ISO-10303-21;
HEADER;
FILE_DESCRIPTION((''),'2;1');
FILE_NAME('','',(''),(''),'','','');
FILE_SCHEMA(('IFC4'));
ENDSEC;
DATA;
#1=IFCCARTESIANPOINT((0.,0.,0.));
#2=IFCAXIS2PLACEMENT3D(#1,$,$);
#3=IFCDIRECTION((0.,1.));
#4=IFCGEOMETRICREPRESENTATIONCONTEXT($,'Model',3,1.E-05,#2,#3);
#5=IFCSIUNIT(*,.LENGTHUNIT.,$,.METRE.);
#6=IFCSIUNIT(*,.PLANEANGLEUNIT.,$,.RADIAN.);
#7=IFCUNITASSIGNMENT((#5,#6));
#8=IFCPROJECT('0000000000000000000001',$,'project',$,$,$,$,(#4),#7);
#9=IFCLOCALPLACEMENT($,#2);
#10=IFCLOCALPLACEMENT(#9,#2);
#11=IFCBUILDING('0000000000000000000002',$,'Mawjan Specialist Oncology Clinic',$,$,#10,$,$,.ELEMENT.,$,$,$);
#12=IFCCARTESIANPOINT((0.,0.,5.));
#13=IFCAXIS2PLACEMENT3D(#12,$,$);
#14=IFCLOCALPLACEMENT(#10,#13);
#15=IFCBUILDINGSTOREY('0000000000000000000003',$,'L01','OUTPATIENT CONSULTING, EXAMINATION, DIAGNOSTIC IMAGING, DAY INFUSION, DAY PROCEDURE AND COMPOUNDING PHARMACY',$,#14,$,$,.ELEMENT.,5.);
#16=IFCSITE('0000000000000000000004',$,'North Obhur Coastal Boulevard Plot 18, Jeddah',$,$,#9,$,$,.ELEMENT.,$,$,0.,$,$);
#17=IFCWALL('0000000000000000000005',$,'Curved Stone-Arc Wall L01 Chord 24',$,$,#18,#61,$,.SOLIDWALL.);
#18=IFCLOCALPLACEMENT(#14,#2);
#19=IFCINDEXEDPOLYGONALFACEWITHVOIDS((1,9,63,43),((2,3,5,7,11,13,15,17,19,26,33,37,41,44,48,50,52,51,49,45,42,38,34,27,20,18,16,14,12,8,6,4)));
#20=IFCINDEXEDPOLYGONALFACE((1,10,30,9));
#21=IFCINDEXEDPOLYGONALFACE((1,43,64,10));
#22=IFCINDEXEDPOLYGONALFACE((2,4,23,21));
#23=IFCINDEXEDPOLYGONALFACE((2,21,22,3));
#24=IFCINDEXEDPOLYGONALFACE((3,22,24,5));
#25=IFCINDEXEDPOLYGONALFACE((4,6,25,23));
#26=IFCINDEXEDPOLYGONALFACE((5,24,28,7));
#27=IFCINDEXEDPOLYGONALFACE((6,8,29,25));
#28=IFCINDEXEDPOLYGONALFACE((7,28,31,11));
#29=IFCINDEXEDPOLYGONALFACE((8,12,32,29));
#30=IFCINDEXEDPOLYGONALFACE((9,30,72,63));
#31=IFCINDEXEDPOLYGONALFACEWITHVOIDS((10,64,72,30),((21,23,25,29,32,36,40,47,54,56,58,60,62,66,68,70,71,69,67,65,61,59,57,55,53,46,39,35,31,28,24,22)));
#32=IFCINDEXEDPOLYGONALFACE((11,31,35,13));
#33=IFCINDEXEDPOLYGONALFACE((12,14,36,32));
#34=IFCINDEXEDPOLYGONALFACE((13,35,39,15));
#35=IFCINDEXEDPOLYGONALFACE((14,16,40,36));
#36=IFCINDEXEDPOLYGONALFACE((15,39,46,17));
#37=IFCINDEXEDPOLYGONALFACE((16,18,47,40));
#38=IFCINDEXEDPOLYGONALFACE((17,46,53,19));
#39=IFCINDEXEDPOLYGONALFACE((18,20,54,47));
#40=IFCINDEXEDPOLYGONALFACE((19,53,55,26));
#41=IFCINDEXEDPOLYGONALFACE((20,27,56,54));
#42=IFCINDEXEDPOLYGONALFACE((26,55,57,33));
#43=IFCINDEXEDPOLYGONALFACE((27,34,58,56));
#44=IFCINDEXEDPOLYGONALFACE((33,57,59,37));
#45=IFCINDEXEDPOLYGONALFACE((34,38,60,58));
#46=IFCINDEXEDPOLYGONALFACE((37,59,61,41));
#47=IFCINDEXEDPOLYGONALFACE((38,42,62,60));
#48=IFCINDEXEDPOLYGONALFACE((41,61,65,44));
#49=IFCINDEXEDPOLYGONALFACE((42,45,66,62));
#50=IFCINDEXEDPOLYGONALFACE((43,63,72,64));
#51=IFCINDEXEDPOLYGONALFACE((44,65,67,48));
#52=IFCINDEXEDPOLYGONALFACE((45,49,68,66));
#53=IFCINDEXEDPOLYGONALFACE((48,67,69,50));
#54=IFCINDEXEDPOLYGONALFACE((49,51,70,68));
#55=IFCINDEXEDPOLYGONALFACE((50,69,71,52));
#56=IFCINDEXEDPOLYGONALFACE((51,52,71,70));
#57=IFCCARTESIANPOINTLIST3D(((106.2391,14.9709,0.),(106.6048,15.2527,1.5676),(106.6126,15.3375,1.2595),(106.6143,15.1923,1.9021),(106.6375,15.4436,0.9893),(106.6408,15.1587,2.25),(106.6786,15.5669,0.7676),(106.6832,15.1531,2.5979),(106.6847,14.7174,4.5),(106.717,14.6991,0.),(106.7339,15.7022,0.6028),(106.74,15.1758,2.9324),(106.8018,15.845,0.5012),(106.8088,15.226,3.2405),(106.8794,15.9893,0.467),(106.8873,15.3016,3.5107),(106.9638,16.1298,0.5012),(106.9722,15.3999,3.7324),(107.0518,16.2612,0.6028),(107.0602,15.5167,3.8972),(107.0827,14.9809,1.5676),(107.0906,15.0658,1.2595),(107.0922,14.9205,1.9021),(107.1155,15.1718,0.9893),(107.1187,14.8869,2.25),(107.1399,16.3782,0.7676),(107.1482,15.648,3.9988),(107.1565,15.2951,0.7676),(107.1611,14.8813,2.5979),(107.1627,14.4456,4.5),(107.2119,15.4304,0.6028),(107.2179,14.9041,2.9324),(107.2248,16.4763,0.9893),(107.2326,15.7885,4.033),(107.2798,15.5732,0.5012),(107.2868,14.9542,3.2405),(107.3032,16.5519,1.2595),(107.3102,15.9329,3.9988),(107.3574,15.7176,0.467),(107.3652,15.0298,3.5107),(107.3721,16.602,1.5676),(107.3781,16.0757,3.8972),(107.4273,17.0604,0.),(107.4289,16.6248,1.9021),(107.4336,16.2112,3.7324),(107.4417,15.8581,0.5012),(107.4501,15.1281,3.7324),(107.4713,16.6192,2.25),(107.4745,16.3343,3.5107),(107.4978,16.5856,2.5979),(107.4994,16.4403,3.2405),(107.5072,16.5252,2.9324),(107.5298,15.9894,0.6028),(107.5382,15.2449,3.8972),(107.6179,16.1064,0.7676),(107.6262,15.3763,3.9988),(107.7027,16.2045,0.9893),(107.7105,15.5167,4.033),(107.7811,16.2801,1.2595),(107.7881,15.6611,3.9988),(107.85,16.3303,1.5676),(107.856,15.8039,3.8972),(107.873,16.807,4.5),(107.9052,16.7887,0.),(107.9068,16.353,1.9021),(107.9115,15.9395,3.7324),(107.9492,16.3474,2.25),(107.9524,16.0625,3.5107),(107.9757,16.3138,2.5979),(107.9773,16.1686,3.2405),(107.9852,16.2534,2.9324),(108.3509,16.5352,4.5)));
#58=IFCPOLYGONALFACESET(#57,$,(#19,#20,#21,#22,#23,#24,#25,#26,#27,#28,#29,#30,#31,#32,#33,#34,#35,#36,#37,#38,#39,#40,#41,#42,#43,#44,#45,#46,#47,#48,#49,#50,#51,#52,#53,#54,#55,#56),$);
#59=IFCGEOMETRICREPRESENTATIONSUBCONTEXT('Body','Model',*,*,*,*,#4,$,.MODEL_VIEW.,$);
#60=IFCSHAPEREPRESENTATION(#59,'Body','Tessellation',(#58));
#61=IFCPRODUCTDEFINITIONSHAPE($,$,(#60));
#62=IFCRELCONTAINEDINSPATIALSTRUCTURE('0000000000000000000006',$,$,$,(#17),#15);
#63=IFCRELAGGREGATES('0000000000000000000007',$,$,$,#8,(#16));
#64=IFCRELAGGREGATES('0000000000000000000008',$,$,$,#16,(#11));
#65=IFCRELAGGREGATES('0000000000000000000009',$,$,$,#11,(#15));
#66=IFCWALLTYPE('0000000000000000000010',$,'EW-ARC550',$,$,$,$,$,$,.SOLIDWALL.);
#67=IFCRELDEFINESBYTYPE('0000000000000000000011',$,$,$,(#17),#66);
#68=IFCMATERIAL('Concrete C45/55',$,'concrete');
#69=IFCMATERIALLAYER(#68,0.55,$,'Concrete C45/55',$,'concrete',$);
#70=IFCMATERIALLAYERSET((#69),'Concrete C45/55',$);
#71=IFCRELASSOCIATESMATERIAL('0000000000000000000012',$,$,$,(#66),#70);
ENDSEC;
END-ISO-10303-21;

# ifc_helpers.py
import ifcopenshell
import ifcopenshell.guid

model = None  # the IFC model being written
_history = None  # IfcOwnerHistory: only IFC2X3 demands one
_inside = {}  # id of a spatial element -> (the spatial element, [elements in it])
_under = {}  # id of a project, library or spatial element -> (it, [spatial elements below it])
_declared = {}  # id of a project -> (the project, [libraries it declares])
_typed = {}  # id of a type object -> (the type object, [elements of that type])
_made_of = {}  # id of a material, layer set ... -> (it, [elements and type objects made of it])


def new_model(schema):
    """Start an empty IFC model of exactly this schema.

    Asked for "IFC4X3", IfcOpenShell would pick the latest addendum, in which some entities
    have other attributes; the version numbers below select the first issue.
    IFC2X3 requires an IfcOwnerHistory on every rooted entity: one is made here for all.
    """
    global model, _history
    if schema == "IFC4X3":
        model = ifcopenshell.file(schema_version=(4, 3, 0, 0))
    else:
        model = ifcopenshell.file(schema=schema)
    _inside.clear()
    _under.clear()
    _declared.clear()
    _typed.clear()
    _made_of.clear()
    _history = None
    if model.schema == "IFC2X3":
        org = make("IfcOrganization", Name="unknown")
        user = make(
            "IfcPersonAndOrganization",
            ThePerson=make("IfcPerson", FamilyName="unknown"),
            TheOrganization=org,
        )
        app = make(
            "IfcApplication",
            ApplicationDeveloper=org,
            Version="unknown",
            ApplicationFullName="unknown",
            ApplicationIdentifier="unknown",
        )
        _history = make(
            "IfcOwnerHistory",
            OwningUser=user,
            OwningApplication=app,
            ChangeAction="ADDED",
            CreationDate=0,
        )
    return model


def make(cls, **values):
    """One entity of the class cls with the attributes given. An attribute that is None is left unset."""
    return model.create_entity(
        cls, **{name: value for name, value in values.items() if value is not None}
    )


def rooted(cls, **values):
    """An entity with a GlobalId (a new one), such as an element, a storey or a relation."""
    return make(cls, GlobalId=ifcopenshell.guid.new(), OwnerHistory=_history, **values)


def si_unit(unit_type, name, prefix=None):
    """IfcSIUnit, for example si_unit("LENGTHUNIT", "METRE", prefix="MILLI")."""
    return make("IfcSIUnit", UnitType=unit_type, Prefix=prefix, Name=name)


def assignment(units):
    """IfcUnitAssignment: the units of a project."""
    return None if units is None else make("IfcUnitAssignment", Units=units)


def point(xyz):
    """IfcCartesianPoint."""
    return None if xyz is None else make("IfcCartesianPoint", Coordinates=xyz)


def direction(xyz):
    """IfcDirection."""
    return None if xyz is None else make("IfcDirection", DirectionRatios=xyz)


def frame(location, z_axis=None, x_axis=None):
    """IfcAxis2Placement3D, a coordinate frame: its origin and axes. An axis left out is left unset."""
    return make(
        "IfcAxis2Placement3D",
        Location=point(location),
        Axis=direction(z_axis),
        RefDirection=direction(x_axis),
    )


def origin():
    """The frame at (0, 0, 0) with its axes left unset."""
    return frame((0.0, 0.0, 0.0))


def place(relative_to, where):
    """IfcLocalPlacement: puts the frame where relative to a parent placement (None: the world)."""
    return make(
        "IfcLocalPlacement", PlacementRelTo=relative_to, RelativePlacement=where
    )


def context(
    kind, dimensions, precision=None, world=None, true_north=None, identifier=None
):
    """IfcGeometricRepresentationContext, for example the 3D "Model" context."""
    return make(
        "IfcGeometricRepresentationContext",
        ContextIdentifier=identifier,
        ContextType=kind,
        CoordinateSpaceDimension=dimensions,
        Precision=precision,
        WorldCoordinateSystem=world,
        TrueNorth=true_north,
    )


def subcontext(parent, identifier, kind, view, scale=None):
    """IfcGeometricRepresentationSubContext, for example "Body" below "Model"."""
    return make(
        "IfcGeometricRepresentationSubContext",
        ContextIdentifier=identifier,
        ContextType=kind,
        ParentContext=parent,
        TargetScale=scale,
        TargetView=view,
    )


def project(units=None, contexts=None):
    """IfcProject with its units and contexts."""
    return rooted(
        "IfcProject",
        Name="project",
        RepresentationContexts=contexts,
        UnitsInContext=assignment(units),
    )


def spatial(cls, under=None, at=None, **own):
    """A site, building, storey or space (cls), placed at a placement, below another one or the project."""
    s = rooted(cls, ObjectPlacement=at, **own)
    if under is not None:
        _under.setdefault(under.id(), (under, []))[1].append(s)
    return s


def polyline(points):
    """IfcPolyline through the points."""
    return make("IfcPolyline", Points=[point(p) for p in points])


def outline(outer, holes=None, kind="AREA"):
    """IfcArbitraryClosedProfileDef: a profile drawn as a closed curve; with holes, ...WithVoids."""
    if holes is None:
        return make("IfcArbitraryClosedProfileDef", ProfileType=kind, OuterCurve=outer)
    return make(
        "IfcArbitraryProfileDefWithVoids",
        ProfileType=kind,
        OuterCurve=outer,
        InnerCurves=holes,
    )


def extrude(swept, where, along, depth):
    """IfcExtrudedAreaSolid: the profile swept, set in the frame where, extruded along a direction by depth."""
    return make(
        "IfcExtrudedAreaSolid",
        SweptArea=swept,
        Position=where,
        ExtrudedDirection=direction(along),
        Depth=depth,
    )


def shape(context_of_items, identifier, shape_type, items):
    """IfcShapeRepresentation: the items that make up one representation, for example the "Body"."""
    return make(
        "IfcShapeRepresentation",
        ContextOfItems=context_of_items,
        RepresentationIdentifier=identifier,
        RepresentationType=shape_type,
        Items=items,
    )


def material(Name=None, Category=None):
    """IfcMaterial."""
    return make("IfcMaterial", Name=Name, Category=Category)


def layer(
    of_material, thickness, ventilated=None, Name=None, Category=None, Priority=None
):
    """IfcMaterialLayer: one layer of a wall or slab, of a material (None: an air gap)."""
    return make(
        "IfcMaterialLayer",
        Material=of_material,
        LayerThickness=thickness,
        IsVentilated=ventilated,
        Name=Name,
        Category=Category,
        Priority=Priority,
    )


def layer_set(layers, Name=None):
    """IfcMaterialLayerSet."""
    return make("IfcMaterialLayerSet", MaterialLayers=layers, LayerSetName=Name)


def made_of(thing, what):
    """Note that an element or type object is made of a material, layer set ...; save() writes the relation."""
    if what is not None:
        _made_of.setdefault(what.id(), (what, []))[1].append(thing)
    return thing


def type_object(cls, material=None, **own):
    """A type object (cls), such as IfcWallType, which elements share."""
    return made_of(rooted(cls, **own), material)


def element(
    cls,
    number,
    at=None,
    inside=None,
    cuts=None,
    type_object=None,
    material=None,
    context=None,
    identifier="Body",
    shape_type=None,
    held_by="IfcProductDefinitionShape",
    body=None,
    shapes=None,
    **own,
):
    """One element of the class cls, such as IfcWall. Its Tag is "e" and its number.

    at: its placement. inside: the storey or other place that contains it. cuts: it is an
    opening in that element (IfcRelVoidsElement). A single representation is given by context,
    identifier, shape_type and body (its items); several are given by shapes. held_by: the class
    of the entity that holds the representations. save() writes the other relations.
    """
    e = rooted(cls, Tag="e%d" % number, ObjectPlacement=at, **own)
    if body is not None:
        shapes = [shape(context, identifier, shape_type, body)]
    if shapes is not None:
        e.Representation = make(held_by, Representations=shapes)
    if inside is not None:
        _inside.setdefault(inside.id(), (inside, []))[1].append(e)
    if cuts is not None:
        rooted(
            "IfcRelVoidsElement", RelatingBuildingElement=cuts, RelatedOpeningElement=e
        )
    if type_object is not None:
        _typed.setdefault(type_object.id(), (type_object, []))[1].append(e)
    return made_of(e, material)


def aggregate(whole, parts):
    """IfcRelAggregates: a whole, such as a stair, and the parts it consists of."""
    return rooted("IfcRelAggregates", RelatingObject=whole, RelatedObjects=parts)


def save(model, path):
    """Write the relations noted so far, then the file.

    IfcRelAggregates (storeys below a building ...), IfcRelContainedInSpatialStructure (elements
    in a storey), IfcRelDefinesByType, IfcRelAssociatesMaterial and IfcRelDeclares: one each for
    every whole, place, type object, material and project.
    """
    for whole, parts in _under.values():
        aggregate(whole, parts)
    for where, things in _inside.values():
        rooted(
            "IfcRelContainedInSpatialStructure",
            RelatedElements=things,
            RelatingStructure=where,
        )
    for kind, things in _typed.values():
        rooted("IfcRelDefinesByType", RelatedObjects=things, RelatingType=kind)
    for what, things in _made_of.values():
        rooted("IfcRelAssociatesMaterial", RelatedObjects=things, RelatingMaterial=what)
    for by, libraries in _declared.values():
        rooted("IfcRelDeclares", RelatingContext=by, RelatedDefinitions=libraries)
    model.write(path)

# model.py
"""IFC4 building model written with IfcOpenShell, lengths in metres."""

from ifc_helpers import new_model, si_unit, direction, frame, origin, place, context, subcontext, project, spatial, polyline, outline, extrude, material, layer, layer_set, type_object, element, save


model = new_model("IFC4")

# Units and contexts
model_context = context("Model", 3, precision=1e-05, world=origin(), true_north=direction((0.0, 1.0)))
body_context = subcontext(model_context, "Body", "Model", "MODEL_VIEW")
ifc_project = project(units=[si_unit("LENGTHUNIT", "METRE"), si_unit("PLANEANGLEUNIT", "RADIAN")], contexts=[model_context])

# Site, building, storey
site_placement = place(None, origin())
site = spatial("IfcSite", under=ifc_project, at=site_placement, Name="North Obhur Coastal Boulevard Plot 18, Jeddah", CompositionType="ELEMENT", RefElevation=0.0)
building_placement = place(site_placement, origin())
building = spatial("IfcBuilding", under=site, at=building_placement, Name="Mawjan Specialist Oncology Clinic", CompositionType="ELEMENT")
storey_placement = place(building_placement, frame((0.0, 0.0, 5.0)))
storey = spatial("IfcBuildingStorey", under=building, at=storey_placement, Name="L01", Description="OUTPATIENT CONSULTING, EXAMINATION, DIAGNOSTIC IMAGING, DAY INFUSION, DAY PROCEDURE AND COMPOUNDING PHARMACY", CompositionType="ELEMENT", Elevation=5.0)

# Wall, opening
ifc_material_1 = material(Name="Concrete C45/55", Category="concrete")
ifc_layer = layer(ifc_material_1, 0.55, Name="Concrete C45/55", Category="concrete")
ifc_layer_set = layer_set([ifc_layer], Name="Concrete C45/55")
wall_type = type_object("IfcWallType", Name="EW-ARC550", PredefinedType="SOLIDWALL", material=ifc_layer_set)
wall_1_placement = place(storey_placement, frame((107.6663, 16.9246, 0.0), z_axis=(0.0, 0.0, 1.0), x_axis=(-0.494311, -0.869285, 0.0)))
wall_1 = element("IfcWall", 1, at=wall_1_placement, inside=storey, type_object=wall_type, Name="Curved Stone-Arc Wall L01 Chord 24", PredefinedType="SOLIDWALL", context=body_context, shape_type="SweptSolid", body=[
    extrude(outline(polyline([(-0.2749, 0.0), (0.2749, 0.0), (0.7876, 4.5), (0.2378, 4.5), (-0.2749, 0.0)])), frame((0.0, 0.0, 0.0), z_axis=(1.0, 0.0, 0.0), x_axis=(0.0, 1.0, 0.0)), (0.0, 0.0, 1.0), 2.4038),
])
opening_1_placement = place(wall_1_placement, origin())
element("IfcOpeningElement", 2, at=opening_1_placement, cuts=wall_1, PredefinedType="OPENING", context=body_context, shape_type="SweptSolid", body=[
    extrude(outline(polyline([(2.042, 2.25), (2.0259, 2.5979), (1.978, 2.9324), (1.9004, 3.2405), (1.7959, 3.5107), (1.6685, 3.7324), (1.5234, 3.8972), (1.3657, 3.9988), (1.2019, 4.033), (1.0381, 3.9988), (0.8804, 3.8972), (0.7351, 3.7324), (0.6079, 3.5107), (0.5034, 3.2405), (0.4258, 2.9324), (0.3779, 2.5979), (0.3618, 2.25), (0.3779, 1.9021), (0.4258, 1.5676), (0.5034, 1.2595), (0.6079, 0.9893), (0.7351, 0.7676), (0.8804, 0.6028), (1.0381, 0.5012), (1.2019, 0.467), (1.3657, 0.5012), (1.5234, 0.6028), (1.6685, 0.7676), (1.7959, 0.9893), (1.9004, 1.2595), (1.978, 1.5676), (2.0259, 1.9021), (2.042, 2.25)])), frame((0.0, 0.8076, 0.0), z_axis=(0.0, -1.0, 0.0), x_axis=(1.0, 0.0, 0.0)), (0.0, 0.0, 1.0), 1.1028),
])

save(model, "model.ifc")
